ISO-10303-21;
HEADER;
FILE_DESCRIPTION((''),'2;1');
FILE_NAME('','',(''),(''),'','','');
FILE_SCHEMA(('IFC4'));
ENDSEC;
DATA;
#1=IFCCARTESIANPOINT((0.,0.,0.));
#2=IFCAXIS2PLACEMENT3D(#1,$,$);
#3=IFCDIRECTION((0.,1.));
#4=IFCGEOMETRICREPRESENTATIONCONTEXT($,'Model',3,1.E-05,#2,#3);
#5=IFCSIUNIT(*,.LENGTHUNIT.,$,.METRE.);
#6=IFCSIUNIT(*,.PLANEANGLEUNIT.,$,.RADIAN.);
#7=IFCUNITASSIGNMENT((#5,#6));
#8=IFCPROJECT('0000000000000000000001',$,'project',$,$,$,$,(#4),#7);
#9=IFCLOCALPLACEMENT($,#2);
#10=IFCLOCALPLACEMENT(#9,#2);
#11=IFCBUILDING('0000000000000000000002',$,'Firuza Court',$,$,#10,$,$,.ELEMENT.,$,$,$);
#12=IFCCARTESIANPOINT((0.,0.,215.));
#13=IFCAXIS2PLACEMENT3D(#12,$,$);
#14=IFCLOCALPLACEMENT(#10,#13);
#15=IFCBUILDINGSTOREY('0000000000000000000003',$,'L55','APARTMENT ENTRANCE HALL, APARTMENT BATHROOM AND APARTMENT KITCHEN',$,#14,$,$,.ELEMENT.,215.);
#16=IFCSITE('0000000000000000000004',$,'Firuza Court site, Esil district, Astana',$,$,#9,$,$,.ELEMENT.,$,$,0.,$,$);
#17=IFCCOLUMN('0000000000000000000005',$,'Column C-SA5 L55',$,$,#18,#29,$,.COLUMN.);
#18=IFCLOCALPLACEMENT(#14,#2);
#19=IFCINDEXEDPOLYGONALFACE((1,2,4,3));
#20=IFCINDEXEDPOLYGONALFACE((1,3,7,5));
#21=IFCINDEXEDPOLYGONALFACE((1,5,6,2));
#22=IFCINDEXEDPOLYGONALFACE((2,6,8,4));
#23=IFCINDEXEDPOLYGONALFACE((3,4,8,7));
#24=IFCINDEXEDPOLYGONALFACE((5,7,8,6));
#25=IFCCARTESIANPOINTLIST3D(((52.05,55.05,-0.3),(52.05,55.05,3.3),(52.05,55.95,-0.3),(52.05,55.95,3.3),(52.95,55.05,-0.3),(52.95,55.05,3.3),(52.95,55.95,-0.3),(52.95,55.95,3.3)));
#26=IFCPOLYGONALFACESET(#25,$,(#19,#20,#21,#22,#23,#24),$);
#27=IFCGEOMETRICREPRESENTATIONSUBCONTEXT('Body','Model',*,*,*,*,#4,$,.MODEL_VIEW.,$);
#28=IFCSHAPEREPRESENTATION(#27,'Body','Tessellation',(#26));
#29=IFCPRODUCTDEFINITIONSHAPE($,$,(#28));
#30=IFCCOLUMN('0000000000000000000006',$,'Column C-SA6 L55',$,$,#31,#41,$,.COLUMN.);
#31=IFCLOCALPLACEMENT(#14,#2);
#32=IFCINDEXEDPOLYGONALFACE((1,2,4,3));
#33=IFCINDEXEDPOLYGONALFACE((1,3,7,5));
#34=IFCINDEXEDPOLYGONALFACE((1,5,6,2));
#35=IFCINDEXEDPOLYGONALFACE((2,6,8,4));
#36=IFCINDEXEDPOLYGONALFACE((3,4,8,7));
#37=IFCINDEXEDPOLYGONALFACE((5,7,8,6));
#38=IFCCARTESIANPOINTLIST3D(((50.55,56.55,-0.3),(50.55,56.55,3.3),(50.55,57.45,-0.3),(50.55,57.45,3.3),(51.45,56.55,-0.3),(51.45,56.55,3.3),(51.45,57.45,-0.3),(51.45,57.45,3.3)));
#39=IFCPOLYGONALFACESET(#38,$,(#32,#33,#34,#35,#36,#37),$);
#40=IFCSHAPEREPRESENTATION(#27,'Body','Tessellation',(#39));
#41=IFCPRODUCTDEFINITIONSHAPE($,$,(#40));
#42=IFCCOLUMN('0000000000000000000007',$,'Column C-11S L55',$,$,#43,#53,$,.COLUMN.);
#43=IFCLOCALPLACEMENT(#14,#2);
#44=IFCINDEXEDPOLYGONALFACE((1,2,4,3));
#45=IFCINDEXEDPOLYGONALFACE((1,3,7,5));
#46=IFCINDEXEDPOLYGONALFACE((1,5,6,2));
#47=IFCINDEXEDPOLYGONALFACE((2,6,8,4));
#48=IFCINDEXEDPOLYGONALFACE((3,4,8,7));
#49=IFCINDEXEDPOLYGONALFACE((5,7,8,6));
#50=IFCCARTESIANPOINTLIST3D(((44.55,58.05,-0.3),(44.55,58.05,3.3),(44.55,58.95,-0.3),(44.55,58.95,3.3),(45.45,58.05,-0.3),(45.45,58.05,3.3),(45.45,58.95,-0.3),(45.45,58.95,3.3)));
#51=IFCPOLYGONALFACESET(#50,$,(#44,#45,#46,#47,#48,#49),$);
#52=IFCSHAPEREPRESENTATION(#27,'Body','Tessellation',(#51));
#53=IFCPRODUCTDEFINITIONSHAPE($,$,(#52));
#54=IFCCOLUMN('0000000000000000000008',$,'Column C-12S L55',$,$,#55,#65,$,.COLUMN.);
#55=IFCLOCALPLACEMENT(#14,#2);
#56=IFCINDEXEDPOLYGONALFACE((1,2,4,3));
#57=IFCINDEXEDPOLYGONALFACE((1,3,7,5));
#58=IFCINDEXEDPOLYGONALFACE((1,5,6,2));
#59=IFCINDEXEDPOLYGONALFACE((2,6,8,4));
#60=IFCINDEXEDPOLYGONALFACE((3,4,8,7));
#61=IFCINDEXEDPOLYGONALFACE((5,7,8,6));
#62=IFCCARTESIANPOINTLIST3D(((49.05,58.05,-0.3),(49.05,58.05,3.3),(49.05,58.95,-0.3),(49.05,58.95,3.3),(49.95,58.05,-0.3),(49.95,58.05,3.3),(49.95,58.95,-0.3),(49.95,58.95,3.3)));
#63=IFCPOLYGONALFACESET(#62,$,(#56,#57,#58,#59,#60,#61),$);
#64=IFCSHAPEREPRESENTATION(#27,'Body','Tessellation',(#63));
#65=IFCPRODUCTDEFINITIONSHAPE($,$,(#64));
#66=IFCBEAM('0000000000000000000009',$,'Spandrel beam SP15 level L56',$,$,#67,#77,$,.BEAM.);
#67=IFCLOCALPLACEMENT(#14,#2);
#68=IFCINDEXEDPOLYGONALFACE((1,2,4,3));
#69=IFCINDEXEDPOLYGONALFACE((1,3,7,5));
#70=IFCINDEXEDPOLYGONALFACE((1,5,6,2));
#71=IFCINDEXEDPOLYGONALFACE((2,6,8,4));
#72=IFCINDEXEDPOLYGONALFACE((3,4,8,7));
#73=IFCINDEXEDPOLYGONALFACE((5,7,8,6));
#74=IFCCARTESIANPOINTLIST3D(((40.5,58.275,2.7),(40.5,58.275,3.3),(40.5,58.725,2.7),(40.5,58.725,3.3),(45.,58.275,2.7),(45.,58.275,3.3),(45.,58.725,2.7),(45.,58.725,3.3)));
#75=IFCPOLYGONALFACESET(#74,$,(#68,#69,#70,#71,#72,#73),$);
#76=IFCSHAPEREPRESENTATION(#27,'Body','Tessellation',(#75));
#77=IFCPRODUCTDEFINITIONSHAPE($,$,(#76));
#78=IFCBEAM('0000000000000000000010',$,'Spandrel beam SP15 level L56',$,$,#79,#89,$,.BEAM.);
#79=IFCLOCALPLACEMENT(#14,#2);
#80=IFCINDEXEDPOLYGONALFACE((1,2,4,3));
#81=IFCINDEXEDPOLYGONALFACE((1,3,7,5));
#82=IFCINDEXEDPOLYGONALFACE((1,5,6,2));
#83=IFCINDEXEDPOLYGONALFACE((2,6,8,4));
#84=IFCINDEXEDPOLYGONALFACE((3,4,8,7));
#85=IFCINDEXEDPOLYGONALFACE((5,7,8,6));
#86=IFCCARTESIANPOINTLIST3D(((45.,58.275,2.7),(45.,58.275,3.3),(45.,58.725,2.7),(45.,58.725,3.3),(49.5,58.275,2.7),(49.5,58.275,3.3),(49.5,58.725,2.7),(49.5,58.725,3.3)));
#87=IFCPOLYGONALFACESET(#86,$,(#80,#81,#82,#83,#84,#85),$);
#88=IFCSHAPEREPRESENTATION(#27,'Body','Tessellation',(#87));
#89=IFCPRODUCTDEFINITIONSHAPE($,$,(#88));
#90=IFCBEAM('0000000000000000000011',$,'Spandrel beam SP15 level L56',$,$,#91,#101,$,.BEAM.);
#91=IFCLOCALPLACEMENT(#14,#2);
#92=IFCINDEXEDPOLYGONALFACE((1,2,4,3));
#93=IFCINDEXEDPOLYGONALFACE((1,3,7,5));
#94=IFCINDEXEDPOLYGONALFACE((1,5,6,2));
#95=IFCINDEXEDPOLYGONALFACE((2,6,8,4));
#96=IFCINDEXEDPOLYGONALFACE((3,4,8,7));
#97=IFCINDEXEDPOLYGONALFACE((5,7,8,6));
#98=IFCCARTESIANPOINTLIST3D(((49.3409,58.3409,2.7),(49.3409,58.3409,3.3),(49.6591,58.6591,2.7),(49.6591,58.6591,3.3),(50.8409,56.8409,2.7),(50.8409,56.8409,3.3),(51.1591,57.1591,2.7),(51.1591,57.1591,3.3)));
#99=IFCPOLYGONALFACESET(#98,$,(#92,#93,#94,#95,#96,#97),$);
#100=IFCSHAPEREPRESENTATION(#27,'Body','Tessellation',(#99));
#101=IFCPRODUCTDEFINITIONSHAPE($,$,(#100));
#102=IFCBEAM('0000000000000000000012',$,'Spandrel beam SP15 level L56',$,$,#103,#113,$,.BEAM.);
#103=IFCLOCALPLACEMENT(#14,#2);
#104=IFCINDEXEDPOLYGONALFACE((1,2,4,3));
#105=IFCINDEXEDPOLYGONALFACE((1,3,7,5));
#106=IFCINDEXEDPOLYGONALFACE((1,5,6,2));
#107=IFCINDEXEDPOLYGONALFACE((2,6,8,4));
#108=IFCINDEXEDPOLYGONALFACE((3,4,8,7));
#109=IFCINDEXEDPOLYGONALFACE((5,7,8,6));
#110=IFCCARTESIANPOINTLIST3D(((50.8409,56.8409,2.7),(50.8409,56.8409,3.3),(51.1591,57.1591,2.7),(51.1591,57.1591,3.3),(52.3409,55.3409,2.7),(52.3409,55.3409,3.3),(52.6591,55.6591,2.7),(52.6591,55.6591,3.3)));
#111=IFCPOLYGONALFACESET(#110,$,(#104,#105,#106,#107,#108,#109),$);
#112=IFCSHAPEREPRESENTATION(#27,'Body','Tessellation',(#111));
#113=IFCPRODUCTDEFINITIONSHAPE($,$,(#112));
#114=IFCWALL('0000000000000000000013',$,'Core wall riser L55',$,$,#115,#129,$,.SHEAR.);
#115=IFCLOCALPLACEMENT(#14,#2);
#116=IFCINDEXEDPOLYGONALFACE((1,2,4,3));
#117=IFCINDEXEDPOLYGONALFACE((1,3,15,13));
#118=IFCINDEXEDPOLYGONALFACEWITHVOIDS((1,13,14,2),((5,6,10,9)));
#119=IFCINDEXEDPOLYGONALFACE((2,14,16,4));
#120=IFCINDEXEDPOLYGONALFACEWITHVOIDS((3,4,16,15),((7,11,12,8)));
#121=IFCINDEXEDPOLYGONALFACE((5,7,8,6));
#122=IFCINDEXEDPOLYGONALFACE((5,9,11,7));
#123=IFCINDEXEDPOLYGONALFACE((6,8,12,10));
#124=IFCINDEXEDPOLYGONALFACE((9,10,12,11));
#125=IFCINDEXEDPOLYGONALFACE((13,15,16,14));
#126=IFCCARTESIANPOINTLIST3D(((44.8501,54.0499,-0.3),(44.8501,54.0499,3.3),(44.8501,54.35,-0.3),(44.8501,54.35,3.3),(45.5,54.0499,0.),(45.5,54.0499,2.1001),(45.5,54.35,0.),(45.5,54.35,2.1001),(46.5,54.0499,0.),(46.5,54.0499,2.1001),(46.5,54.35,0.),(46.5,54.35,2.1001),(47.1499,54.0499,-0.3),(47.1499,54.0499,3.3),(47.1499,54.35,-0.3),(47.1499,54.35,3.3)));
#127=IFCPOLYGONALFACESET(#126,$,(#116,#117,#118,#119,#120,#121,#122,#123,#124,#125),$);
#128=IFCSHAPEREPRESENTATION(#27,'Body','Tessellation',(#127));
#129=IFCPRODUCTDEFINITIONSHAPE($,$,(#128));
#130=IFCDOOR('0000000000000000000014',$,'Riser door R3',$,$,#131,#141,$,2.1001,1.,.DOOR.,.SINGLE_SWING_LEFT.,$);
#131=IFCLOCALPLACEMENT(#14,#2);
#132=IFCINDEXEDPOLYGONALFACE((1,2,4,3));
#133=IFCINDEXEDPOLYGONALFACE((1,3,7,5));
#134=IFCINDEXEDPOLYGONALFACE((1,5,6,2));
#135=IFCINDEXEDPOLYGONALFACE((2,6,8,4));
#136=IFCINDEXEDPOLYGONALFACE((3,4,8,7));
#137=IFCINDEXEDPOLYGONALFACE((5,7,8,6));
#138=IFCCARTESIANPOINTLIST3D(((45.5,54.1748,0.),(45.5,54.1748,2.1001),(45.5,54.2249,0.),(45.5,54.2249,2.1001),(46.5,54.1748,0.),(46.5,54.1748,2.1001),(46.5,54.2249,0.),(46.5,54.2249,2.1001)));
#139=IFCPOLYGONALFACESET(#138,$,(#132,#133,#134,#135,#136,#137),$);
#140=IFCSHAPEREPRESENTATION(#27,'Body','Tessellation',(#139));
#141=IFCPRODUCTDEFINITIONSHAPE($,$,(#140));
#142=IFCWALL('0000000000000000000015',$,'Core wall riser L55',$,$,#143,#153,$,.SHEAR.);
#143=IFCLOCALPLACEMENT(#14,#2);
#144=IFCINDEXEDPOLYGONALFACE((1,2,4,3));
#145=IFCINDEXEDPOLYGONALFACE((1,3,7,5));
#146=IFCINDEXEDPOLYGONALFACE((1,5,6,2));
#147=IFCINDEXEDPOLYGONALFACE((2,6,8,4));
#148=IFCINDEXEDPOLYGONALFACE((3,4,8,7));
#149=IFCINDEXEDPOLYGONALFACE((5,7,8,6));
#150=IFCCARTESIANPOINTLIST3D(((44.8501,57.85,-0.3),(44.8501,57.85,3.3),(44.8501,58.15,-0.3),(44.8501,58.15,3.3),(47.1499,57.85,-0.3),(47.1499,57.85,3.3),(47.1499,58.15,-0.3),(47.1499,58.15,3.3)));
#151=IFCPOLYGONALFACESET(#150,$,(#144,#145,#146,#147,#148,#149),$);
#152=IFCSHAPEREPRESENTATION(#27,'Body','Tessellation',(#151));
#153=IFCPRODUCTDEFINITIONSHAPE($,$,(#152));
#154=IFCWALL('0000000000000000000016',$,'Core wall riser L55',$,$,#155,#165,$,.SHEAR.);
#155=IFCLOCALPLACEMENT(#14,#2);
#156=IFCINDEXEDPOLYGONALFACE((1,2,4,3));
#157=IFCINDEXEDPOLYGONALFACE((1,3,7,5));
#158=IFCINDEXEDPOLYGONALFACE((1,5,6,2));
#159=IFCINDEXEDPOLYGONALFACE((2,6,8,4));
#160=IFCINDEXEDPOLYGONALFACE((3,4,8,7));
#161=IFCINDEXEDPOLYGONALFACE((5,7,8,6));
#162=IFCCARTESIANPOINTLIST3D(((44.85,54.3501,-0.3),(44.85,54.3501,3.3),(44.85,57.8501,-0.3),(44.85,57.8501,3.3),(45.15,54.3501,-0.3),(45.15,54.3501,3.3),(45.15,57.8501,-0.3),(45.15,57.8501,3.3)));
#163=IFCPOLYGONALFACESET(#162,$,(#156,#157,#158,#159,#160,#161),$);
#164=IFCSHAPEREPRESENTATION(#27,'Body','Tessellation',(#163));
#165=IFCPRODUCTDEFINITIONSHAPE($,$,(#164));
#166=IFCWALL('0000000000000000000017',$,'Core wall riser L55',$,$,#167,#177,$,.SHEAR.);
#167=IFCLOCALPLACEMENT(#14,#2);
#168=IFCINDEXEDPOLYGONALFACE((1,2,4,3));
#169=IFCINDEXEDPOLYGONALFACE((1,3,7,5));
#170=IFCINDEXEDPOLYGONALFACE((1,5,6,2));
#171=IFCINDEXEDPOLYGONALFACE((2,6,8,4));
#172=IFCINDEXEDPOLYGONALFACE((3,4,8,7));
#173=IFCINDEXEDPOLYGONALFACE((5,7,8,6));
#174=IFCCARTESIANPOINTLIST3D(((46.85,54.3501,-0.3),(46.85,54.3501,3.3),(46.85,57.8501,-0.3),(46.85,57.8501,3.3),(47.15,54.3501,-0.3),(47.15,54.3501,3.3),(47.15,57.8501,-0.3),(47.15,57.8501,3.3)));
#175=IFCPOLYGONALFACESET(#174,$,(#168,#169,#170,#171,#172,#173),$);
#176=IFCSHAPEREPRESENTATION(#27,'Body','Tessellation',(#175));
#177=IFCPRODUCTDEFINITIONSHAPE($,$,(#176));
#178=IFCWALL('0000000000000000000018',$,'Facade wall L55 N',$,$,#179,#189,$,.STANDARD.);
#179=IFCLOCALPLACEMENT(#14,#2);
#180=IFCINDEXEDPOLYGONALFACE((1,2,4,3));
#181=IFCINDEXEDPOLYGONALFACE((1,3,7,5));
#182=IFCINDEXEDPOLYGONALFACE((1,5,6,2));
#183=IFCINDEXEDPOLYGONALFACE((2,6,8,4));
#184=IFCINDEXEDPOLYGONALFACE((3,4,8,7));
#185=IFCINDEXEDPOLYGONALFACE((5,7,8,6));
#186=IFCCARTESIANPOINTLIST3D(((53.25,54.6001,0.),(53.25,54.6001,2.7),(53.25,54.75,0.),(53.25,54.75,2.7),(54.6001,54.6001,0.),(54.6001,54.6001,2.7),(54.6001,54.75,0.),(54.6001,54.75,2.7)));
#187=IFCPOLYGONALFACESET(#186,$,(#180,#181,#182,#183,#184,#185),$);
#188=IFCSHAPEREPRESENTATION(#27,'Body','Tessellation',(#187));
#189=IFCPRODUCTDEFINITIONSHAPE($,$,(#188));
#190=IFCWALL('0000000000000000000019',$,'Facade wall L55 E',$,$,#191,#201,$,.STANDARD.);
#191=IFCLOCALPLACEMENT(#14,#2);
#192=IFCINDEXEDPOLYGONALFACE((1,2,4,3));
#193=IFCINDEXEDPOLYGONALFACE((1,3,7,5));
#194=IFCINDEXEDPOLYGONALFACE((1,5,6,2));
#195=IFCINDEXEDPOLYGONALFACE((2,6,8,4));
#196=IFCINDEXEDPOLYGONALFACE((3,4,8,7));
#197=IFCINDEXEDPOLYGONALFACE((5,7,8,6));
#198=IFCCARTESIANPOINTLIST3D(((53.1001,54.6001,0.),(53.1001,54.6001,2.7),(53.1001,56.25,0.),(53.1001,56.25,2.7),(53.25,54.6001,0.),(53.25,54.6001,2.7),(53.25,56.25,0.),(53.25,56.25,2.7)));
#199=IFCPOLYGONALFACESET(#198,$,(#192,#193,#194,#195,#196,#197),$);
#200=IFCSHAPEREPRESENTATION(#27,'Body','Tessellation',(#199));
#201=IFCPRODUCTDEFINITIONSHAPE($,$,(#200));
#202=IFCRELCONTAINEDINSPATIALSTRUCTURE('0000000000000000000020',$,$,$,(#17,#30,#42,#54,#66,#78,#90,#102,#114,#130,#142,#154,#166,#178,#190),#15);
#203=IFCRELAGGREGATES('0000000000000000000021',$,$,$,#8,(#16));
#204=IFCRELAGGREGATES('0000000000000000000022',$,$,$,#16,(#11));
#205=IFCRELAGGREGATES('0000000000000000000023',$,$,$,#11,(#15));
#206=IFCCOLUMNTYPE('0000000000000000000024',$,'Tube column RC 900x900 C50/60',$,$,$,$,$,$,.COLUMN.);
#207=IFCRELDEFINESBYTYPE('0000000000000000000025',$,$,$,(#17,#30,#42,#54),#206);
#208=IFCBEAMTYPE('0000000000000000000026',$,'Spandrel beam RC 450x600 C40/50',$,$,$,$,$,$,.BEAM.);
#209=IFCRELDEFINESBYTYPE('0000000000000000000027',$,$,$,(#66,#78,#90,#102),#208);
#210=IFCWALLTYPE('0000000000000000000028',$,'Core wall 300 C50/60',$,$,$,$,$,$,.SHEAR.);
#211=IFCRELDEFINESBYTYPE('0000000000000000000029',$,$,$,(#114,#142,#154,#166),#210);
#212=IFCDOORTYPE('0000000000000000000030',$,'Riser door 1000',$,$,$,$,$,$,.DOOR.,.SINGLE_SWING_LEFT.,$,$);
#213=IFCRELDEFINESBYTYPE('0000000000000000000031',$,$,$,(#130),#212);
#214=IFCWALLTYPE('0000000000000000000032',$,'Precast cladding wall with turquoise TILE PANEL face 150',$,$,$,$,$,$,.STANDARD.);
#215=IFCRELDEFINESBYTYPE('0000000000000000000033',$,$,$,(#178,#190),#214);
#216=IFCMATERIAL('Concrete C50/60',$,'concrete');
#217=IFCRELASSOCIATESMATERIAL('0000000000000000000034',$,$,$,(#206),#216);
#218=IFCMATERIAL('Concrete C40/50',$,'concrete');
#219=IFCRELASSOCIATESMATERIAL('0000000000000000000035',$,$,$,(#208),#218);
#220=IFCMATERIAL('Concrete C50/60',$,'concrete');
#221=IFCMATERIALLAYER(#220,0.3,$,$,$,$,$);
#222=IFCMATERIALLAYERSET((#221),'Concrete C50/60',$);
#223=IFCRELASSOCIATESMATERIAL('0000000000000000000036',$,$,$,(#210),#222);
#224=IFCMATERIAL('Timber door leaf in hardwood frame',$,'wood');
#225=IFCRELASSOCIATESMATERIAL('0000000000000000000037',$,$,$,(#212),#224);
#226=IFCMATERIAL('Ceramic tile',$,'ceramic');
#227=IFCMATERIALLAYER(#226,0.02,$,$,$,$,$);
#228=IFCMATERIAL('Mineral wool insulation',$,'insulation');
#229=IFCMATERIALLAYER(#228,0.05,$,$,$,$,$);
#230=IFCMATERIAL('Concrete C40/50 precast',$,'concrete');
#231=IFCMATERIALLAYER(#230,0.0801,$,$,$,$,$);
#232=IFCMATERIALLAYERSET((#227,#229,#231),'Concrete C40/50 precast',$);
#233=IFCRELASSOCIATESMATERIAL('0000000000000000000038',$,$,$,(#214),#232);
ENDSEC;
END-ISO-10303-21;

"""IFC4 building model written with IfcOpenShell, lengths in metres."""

from ifc_helpers import new_model, si_unit, direction, frame, frame_2d, origin, origin_2d, place, context, subcontext, project, spatial, rectangle, extrude, material, layer, layer_set, material_profile, profile_set, type_object, element, fill, save


model = new_model("IFC4")

# Units and contexts
model_context = context("Model", 3, precision=1e-05, world=origin(), true_north=direction((0.0, 1.0)))
body_context = subcontext(model_context, "Body", "Model", "MODEL_VIEW")
ifc_project = project(units=[si_unit("LENGTHUNIT", "METRE"), si_unit("PLANEANGLEUNIT", "RADIAN")], contexts=[model_context])

# Site, building, storey
site_placement = place(None, origin())
site = spatial("IfcSite", under=ifc_project, at=site_placement, Name="Firuza Court site, Esil district, Astana", CompositionType="ELEMENT", RefElevation=0.0)
building_placement = place(site_placement, origin())
building = spatial("IfcBuilding", under=site, at=building_placement, Name="Firuza Court", CompositionType="ELEMENT")
storey_placement = place(building_placement, frame((0.0, 0.0, 215.0)))
storey = spatial("IfcBuildingStorey", under=building, at=storey_placement, Name="L55", Description="APARTMENT ENTRANCE HALL, APARTMENT BATHROOM AND APARTMENT KITCHEN", CompositionType="ELEMENT", Elevation=215.0)

# Columns
ifc_material_1 = material(Name="Concrete C50/60", Category="concrete")
ifc_material_profile_1 = material_profile(ifc_material_1, rectangle(XDim=0.8999, YDim=0.8999, at=origin_2d()), Name="RC 900x900")
ifc_profile_set_1 = profile_set([ifc_material_profile_1], Name="Concrete C50/60")
column_type = type_object("IfcColumnType", Name="Tube column RC 900x900 C50/60", PredefinedType="COLUMN", material=ifc_profile_set_1)
for number, where, z_axis, x_axis, name in (
    (1, (52.5, 55.5, -0.3), (0.0, 0.0, 1.0), (1.0, 0.0, 0.0), "Column C-SA5 L55"),
    (2, (51.0, 57.0, -0.3), (0.0, 0.0, 1.0), (1.0, 0.0, 0.0), "Column C-SA6 L55"),
    (3, (45.0, 58.5, -0.3), (0.0, 0.0, 1.0), (1.0, 0.0, 0.0), "Column C-11S L55"),
    (4, (49.5, 58.5, -0.3), (0.0, 0.0, 1.0), (1.0, 0.0, 0.0), "Column C-12S L55"),
):
    element("IfcColumn", number, at=place(storey_placement, frame(where, z_axis=z_axis, x_axis=x_axis)), inside=storey, type_object=column_type, Name=name, PredefinedType="COLUMN", context=body_context, shape_type="SweptSolid", body=[
        extrude(rectangle(XDim=0.8999, YDim=0.8999, at=origin_2d()), origin(), (0.0, 0.0, 1.0), 3.6001),
    ])

# Beams
ifc_material_2 = material(Name="Concrete C40/50", Category="concrete")
ifc_material_profile_2 = material_profile(ifc_material_2, rectangle(XDim=0.45, YDim=0.6001, at=origin_2d()), Name="RC 450x600")
ifc_profile_set_2 = profile_set([ifc_material_profile_2], Name="Concrete C40/50")
beam_type = type_object("IfcBeamType", Name="Spandrel beam RC 450x600 C40/50", PredefinedType="BEAM", material=ifc_profile_set_2)
for number, where, z_axis, x_axis, name in (
    (5, (45.0, 58.5, 3.0), (-1.0, 0.0, 0.0), (0.0, -1.0, 0.0), "Spandrel beam SP15 level L56"),
    (6, (49.5, 58.5, 3.0), (-1.0, 0.0, 0.0), (0.0, -1.0, 0.0), "Spandrel beam SP15 level L56"),
):
    element("IfcBeam", number, at=place(storey_placement, frame(where, z_axis=z_axis, x_axis=x_axis)), inside=storey, type_object=beam_type, Name=name, PredefinedType="BEAM", context=body_context, shape_type="SweptSolid", body=[
        extrude(rectangle(XDim=0.45, YDim=0.6001, at=origin_2d()), origin(), (0.0, 0.0, 1.0), 4.5),
    ])
for number, where, z_axis, x_axis, name in (
    (7, (51.0, 57.0, 3.0), (-0.707107, 0.707107, 0.0), (-0.707107, -0.707107, 0.0), "Spandrel beam SP15 level L56"),
    (8, (52.5, 55.5, 3.0), (-0.707107, 0.707107, 0.0), (-0.707107, -0.707107, 0.0), "Spandrel beam SP15 level L56"),
):
    element("IfcBeam", number, at=place(storey_placement, frame(where, z_axis=z_axis, x_axis=x_axis)), inside=storey, type_object=beam_type, Name=name, PredefinedType="BEAM", context=body_context, shape_type="SweptSolid", body=[
        extrude(rectangle(XDim=0.45, YDim=0.6001, at=origin_2d()), origin(), (0.0, 0.0, 1.0), 2.1213),
    ])

# Wall, opening, door
ifc_material_3 = material(Name="Concrete C50/60", Category="concrete")
ifc_layer_1 = layer(ifc_material_3, 0.3)
ifc_layer_set_1 = layer_set([ifc_layer_1], Name="Concrete C50/60")
wall_type_1 = type_object("IfcWallType", Name="Core wall 300 C50/60", PredefinedType="SHEAR", material=ifc_layer_set_1)
wall_1_placement = place(storey_placement, frame((44.8501, 54.2, -0.3), z_axis=(0.0, 0.0, 1.0), x_axis=(1.0, 0.0, 0.0)))
wall_1 = element("IfcWall", 9, at=wall_1_placement, inside=storey, type_object=wall_type_1, Name="Core wall riser L55", PredefinedType="SHEAR", context=body_context, shape_type="SweptSolid", body=[
    extrude(rectangle(XDim=2.2998, YDim=0.3, at=frame_2d((1.1499, 0.0))), origin(), (0.0, 0.0, 1.0), 3.6001),
])
opening_1_placement = place(wall_1_placement, frame((0.6499, 0.0, 0.3)))
opening_1 = element("IfcOpeningElement", 10, at=opening_1_placement, cuts=wall_1, PredefinedType="OPENING", context=body_context, shape_type="SweptSolid", body=[
    extrude(rectangle(XDim=1.0, YDim=2.1001, at=frame_2d((0.5, 1.05))), frame((0.0, 0.1621, 0.0), z_axis=(0.0, -1.0, 0.0), x_axis=(1.0, 0.0, 0.0)), (0.0, 0.0, 1.0), 0.324),
])
ifc_material_4 = material(Name="Timber door leaf in hardwood frame", Category="wood")
door_type = type_object("IfcDoorType", Name="Riser door 1000", OperationType="SINGLE_SWING_LEFT", PredefinedType="DOOR", material=ifc_material_4)
door_placement = place(opening_1_placement, origin())
door = element("IfcDoor", 11, at=door_placement, inside=storey, type_object=door_type, Name="Riser door R3", OperationType="SINGLE_SWING_LEFT", OverallHeight=2.1001, OverallWidth=1.0, PredefinedType="DOOR", context=body_context, shape_type="SweptSolid", body=[
    extrude(rectangle(XDim=1.0, YDim=2.1001, at=frame_2d((0.5, 1.05))), frame((0.0, 0.0249, 0.0), z_axis=(0.0, -1.0, 0.0), x_axis=(1.0, 0.0, 0.0)), (0.0, 0.0, 1.0), 0.05),
])
fill(opening_1, door)

# Walls
wall_2_placement = place(storey_placement, frame((44.8501, 58.0, -0.3), z_axis=(0.0, 0.0, 1.0), x_axis=(1.0, 0.0, 0.0)))
element("IfcWall", 12, at=wall_2_placement, inside=storey, type_object=wall_type_1, Name="Core wall riser L55", PredefinedType="SHEAR", context=body_context, shape_type="SweptSolid", body=[
    extrude(rectangle(XDim=2.2998, YDim=0.3, at=frame_2d((1.1499, 0.0))), origin(), (0.0, 0.0, 1.0), 3.6001),
])
for number, where, z_axis, x_axis, name in (
    (13, (45.0, 54.3501, -0.3), (0.0, 0.0, 1.0), (0.0, 1.0, 0.0), "Core wall riser L55"),
    (14, (47.0, 54.3501, -0.3), (0.0, 0.0, 1.0), (0.0, 1.0, 0.0), "Core wall riser L55"),
):
    element("IfcWall", number, at=place(storey_placement, frame(where, z_axis=z_axis, x_axis=x_axis)), inside=storey, type_object=wall_type_1, Name=name, PredefinedType="SHEAR", context=body_context, shape_type="SweptSolid", body=[
        extrude(rectangle(XDim=3.5, YDim=0.3, at=frame_2d((1.75, 0.0))), origin(), (0.0, 0.0, 1.0), 3.6001),
    ])
ifc_material_5 = material(Name="Ceramic tile", Category="ceramic")
ifc_layer_2 = layer(ifc_material_5, 0.02)
ifc_material_6 = material(Name="Mineral wool insulation", Category="insulation")
ifc_layer_3 = layer(ifc_material_6, 0.05)
ifc_material_7 = material(Name="Concrete C40/50 precast", Category="concrete")
ifc_layer_4 = layer(ifc_material_7, 0.0801)
ifc_layer_set_2 = layer_set([ifc_layer_2, ifc_layer_3, ifc_layer_4], Name="Concrete C40/50 precast")
wall_type_2 = type_object("IfcWallType", Name="Precast cladding wall with turquoise TILE PANEL face 150", PredefinedType="STANDARD", material=ifc_layer_set_2)
wall_3_placement = place(storey_placement, frame((54.6001, 54.675, 0.0), z_axis=(0.0, 0.0, 1.0), x_axis=(-1.0, 0.0, 0.0)))
element("IfcWall", 15, at=wall_3_placement, inside=storey, type_object=wall_type_2, Name="Facade wall L55 N", PredefinedType="STANDARD", context=body_context, shape_type="SweptSolid", body=[
    extrude(rectangle(XDim=1.3501, YDim=0.1499, at=frame_2d((0.675, 0.0))), origin(), (0.0, 0.0, 1.0), 2.7),
])
wall_4_placement = place(storey_placement, frame((53.175, 54.6001, 0.0), z_axis=(0.0, 0.0, 1.0), x_axis=(0.0, 1.0, 0.0)))
element("IfcWall", 16, at=wall_4_placement, inside=storey, type_object=wall_type_2, Name="Facade wall L55 E", PredefinedType="STANDARD", context=body_context, shape_type="SweptSolid", body=[
    extrude(rectangle(XDim=1.6499, YDim=0.1499, at=frame_2d((0.825, 0.0))), origin(), (0.0, 0.0, 1.0), 2.7),
])

save(model, "model.ifc")
